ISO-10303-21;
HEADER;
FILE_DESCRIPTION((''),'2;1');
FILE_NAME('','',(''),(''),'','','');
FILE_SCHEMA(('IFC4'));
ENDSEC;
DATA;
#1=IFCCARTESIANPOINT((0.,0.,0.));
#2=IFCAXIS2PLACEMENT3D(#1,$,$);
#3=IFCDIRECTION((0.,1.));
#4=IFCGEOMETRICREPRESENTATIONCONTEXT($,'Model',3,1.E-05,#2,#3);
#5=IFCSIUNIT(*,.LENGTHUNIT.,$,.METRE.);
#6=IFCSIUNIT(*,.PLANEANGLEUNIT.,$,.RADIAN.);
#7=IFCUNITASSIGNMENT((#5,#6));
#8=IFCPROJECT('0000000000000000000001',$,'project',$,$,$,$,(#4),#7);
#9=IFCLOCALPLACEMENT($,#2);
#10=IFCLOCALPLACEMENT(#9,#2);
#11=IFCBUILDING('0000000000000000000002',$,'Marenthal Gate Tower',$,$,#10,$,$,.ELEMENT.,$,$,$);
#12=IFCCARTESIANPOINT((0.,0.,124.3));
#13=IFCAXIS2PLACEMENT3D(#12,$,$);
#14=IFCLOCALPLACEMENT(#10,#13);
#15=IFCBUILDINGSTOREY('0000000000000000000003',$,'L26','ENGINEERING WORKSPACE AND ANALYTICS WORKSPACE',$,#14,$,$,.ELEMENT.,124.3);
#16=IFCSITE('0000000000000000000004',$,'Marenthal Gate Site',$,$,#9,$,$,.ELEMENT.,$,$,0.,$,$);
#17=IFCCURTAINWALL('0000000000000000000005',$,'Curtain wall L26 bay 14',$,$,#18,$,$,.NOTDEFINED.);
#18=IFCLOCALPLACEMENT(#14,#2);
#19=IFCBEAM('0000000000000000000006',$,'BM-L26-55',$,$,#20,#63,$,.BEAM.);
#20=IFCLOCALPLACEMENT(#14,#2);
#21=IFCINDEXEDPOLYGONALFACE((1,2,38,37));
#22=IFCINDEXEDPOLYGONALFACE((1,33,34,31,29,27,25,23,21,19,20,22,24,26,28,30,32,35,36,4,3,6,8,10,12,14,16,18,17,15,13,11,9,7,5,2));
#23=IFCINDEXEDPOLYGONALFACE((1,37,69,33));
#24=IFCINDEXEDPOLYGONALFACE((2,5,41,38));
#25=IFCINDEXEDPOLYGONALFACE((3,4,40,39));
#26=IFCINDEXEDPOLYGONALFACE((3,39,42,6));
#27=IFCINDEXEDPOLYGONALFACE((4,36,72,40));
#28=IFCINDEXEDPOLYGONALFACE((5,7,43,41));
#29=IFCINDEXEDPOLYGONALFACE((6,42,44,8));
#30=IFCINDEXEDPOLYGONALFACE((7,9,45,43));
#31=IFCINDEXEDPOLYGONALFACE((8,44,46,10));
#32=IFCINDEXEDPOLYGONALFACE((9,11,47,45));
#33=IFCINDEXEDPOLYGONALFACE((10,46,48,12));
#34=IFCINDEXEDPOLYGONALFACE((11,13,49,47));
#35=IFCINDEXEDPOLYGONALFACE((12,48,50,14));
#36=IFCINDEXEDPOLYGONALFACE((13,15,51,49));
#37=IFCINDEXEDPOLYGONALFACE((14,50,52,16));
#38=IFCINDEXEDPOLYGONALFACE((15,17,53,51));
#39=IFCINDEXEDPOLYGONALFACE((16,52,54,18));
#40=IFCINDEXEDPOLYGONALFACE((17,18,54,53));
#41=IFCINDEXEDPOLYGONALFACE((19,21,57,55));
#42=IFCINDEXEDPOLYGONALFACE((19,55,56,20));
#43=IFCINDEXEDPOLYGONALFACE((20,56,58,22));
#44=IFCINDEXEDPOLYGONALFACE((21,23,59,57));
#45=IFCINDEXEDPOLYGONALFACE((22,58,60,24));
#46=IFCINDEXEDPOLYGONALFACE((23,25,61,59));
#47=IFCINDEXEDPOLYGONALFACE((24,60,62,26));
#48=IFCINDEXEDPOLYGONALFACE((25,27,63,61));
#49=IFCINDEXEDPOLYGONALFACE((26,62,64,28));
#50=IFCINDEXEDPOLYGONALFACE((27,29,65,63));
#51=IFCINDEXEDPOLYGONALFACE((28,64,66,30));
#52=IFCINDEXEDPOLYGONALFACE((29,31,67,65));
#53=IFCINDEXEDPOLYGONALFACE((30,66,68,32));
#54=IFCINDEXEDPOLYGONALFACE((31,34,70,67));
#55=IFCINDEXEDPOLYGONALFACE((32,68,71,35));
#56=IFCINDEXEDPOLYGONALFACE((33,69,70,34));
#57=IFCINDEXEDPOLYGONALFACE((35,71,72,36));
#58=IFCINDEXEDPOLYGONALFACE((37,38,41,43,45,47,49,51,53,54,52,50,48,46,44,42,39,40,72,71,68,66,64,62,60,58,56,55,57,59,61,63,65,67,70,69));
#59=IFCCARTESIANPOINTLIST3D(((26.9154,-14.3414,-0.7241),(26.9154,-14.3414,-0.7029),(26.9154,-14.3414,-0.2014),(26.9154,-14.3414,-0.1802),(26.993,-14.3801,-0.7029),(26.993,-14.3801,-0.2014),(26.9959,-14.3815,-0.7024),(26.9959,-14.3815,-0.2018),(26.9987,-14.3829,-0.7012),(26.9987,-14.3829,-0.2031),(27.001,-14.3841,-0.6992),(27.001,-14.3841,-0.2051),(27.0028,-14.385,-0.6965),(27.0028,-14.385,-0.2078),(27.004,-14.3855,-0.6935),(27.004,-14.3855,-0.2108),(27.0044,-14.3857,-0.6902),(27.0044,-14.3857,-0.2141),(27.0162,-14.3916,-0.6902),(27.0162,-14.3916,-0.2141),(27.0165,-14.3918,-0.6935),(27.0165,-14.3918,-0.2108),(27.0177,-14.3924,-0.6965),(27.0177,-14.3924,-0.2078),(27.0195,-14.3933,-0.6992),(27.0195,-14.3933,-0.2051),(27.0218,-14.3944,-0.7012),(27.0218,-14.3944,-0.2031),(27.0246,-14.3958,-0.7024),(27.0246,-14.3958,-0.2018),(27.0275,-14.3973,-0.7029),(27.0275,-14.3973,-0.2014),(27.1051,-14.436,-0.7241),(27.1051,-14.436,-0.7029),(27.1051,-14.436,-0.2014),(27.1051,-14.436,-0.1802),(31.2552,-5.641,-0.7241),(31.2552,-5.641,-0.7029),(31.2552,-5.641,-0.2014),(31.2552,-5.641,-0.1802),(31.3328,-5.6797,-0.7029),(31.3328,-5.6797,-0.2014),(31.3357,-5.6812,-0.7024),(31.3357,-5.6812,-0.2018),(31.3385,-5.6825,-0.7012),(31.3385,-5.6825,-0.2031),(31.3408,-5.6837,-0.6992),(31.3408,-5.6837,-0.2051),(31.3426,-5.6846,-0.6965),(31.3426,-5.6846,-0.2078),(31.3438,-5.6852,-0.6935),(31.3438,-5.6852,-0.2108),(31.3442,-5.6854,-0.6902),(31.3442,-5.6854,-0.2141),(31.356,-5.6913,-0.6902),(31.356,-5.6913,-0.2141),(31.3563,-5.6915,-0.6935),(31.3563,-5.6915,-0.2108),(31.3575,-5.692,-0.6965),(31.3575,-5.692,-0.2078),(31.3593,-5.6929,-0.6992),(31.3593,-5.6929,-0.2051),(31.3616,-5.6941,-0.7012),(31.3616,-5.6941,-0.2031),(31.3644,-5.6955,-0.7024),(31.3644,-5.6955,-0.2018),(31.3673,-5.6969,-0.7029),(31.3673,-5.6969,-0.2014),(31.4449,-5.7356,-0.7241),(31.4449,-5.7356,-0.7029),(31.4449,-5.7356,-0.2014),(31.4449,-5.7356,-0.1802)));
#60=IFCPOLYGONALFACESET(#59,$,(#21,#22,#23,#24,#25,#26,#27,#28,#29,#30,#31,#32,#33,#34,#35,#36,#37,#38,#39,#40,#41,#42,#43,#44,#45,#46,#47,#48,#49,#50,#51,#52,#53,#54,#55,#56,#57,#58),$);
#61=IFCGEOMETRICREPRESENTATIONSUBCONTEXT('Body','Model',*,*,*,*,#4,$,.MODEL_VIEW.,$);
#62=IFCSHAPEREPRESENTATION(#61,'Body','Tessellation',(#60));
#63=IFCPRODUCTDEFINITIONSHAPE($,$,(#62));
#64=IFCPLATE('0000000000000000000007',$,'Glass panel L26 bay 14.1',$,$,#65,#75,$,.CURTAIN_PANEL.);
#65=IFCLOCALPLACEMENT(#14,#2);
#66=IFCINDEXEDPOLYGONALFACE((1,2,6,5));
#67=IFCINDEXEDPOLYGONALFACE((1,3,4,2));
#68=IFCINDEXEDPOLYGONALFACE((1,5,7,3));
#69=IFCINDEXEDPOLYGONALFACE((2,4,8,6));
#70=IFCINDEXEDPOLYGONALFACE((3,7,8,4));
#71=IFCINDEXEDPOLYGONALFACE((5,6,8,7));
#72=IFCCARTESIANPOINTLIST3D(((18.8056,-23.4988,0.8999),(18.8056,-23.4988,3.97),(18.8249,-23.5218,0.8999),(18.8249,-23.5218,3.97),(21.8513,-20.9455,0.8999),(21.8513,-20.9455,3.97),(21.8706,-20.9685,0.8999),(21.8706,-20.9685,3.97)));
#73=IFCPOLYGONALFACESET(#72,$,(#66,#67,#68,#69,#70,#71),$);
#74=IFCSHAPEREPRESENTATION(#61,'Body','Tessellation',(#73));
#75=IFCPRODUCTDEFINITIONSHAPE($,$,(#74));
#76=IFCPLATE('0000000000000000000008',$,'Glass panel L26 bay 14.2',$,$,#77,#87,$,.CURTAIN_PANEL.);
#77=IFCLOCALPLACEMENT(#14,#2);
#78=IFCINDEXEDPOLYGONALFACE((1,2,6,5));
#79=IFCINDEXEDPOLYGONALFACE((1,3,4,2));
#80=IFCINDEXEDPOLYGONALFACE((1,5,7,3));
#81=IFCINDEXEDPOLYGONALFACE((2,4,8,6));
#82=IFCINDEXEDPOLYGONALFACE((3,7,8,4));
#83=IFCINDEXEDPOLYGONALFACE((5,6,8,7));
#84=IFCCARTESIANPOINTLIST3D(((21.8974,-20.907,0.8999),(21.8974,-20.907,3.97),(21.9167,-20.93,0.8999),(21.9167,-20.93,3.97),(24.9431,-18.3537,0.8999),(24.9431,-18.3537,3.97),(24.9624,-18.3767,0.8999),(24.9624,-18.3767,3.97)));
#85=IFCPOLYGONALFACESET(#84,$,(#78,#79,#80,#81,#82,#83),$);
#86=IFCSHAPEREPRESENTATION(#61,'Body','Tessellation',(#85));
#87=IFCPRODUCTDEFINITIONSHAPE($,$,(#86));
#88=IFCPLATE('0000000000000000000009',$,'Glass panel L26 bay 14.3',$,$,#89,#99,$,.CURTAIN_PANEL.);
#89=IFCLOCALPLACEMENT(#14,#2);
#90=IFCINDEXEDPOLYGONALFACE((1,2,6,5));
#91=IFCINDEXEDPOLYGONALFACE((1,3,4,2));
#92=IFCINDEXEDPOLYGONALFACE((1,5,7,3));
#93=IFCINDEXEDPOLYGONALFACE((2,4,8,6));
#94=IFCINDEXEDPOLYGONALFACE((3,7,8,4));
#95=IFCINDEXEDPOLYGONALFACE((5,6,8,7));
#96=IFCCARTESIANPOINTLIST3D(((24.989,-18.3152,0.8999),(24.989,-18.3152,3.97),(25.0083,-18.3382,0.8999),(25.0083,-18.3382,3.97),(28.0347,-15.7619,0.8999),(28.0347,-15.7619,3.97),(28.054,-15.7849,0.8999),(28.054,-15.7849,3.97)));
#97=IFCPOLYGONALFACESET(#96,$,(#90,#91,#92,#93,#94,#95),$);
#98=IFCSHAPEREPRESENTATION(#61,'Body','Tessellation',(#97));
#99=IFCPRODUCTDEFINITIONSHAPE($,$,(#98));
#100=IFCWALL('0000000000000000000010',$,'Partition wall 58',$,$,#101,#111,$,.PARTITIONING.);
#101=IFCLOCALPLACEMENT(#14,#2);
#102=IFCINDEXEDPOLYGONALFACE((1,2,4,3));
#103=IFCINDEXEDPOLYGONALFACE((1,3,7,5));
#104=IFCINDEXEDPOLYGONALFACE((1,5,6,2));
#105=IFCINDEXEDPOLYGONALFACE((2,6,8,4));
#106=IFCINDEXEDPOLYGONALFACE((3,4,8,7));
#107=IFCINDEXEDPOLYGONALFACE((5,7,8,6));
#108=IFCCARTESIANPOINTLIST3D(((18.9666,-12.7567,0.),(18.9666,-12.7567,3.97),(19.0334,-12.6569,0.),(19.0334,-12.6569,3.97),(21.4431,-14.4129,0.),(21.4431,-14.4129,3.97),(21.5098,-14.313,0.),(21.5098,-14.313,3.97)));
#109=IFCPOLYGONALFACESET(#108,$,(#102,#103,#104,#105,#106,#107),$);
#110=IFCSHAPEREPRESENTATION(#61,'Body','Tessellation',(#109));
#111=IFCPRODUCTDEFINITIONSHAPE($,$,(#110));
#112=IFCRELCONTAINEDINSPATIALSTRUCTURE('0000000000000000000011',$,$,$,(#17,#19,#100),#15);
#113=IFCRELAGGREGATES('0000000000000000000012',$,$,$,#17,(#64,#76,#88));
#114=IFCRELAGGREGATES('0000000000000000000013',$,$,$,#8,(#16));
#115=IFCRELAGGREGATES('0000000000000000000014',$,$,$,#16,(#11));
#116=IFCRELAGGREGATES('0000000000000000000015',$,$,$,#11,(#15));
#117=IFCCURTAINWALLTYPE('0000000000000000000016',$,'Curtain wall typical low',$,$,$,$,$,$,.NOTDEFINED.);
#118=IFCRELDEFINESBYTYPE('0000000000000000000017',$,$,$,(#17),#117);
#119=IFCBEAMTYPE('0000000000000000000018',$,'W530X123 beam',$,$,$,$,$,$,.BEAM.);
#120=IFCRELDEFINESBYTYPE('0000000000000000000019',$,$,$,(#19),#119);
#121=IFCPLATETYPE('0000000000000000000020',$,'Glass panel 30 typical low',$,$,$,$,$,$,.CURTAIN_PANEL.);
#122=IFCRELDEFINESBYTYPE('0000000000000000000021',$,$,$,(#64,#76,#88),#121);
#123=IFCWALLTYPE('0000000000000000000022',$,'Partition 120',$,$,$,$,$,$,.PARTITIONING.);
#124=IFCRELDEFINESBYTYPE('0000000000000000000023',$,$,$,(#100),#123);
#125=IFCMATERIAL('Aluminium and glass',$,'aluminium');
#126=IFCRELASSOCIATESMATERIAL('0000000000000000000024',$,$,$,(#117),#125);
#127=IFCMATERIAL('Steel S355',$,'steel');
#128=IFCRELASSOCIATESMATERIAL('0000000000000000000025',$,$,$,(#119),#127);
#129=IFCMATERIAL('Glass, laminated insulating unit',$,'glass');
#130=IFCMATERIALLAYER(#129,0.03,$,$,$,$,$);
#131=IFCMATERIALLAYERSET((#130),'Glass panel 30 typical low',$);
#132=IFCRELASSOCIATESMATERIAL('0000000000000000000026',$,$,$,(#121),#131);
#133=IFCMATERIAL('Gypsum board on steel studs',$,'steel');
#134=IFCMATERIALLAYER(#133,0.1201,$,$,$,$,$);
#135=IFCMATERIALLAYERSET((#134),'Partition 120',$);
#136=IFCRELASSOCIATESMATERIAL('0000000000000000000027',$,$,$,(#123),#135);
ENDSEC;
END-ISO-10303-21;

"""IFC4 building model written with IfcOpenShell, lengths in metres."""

from ifc_helpers import new_model, si_unit, direction, frame, frame_2d, origin, origin_2d, place, context, subcontext, project, spatial, rectangle, i_section, extrude, material, layer, layer_set, material_profile, profile_set, type_object, element, aggregate, save


model = new_model("IFC4")

# Units and contexts
model_context = context("Model", 3, precision=1e-05, world=origin(), true_north=direction((0.0, 1.0)))
body_context = subcontext(model_context, "Body", "Model", "MODEL_VIEW")
ifc_project = project(units=[si_unit("LENGTHUNIT", "METRE"), si_unit("PLANEANGLEUNIT", "RADIAN")], contexts=[model_context])

# Site, building, storey
site_placement = place(None, origin())
site = spatial("IfcSite", under=ifc_project, at=site_placement, Name="Marenthal Gate Site", CompositionType="ELEMENT", RefElevation=0.0)
building_placement = place(site_placement, origin())
building = spatial("IfcBuilding", under=site, at=building_placement, Name="Marenthal Gate Tower", CompositionType="ELEMENT")
storey_placement = place(building_placement, frame((0.0, 0.0, 124.3)))
storey = spatial("IfcBuildingStorey", under=building, at=storey_placement, Name="L26", Description="ENGINEERING WORKSPACE AND ANALYTICS WORKSPACE", CompositionType="ELEMENT", Elevation=124.3)

# Curtain wall
ifc_material_1 = material(Name="Aluminium and glass", Category="aluminium")
curtain_wall_type = type_object("IfcCurtainWallType", Name="Curtain wall typical low", PredefinedType="NOTDEFINED", material=ifc_material_1)
curtain_wall_placement = place(storey_placement, origin())
curtain_wall = element("IfcCurtainWall", 1, at=curtain_wall_placement, inside=storey, type_object=curtain_wall_type, Name="Curtain wall L26 bay 14", PredefinedType="NOTDEFINED")

# Beam
ifc_material_2 = material(Name="Steel S355", Category="steel")
ifc_material_profile_1 = material_profile(ifc_material_2, i_section(OverallWidth=0.2119, OverallDepth=0.5439, WebThickness=0.0132, FlangeThickness=0.0212, FilletRadius=0.0127, at=origin_2d()), Name="W530X123")
ifc_profile_set_1 = profile_set([ifc_material_profile_1], Name="Steel S355")
beam_type_1 = type_object("IfcBeamType", Name="W530X123 beam", PredefinedType="BEAM", material=ifc_profile_set_1)
beam_1_placement = place(storey_placement, frame((27.0103, -14.3887, -0.4521), z_axis=(0.44636, 0.894854, 0.0), x_axis=(-0.894854, 0.44636, 0.0)))
element("IfcBeam", 2, at=beam_1_placement, inside=storey, type_object=beam_type_1, Name="BM-L26-55", PredefinedType="BEAM", context=body_context, shape_type="SweptSolid", body=[
    extrude(i_section(OverallWidth=0.2119, OverallDepth=0.5439, WebThickness=0.0132, FlangeThickness=0.0212, FilletRadius=0.0127, at=origin_2d()), origin(), (0.0, 0.0, 1.0), 9.7227),
])

# Plates
ifc_material_3 = material(Name="Glass, laminated insulating unit", Category="glass")
ifc_layer_1 = layer(ifc_material_3, 0.03)
ifc_layer_set_1 = layer_set([ifc_layer_1], Name="Glass panel 30 typical low")
plate_type = type_object("IfcPlateType", Name="Glass panel 30 typical low", PredefinedType="CURTAIN_PANEL", material=ifc_layer_set_1)
plate_1_placement = place(storey_placement, frame((20.3381, -22.2336, 0.8999), z_axis=(0.0, 0.0, 1.0), x_axis=(0.766338, 0.642438, 0.0)))
plate_1 = element("IfcPlate", 3, at=plate_1_placement, type_object=plate_type, Name="Glass panel L26 bay 14.1", PredefinedType="CURTAIN_PANEL", context=body_context, shape_type="SweptSolid", body=[
    extrude(rectangle(XDim=3.9744, YDim=0.03, at=origin_2d()), origin(), (0.0, 0.0, 1.0), 3.0701),
])
plate_2_placement = place(storey_placement, frame((23.4299, -19.6418, 0.8999), z_axis=(0.0, 0.0, 1.0), x_axis=(0.766338, 0.642438, 0.0)))
plate_2 = element("IfcPlate", 4, at=plate_2_placement, type_object=plate_type, Name="Glass panel L26 bay 14.2", PredefinedType="CURTAIN_PANEL", context=body_context, shape_type="SweptSolid", body=[
    extrude(rectangle(XDim=3.9744, YDim=0.03, at=origin_2d()), origin(), (0.0, 0.0, 1.0), 3.0701),
])
plate_3_placement = place(storey_placement, frame((26.5215, -17.05, 0.8999), z_axis=(0.0, 0.0, 1.0), x_axis=(0.766338, 0.642438, 0.0)))
plate_3 = element("IfcPlate", 5, at=plate_3_placement, type_object=plate_type, Name="Glass panel L26 bay 14.3", PredefinedType="CURTAIN_PANEL", context=body_context, shape_type="SweptSolid", body=[
    extrude(rectangle(XDim=3.9744, YDim=0.03, at=origin_2d()), origin(), (0.0, 0.0, 1.0), 3.0701),
])
aggregate(curtain_wall, [plate_1, plate_2, plate_3])

# Wall
ifc_material_4 = material(Name="Gypsum board on steel studs", Category="steel")
ifc_layer_2 = layer(ifc_material_4, 0.1201)
ifc_layer_set_2 = layer_set([ifc_layer_2], Name="Partition 120")
wall_type_1 = type_object("IfcWallType", Name="Partition 120", PredefinedType="PARTITIONING", material=ifc_layer_set_2)
wall_1_placement = place(storey_placement, frame((21.4766, -14.363, 0.0), z_axis=(0.0, 0.0, 1.0), x_axis=(-0.831243, 0.55591, 0.0)))
element("IfcWall", 6, at=wall_1_placement, inside=storey, type_object=wall_type_1, Name="Partition wall 58", PredefinedType="PARTITIONING", context=body_context, shape_type="SweptSolid", body=[
    extrude(rectangle(XDim=2.9792, YDim=0.1201, at=frame_2d((1.4897, 0.0))), origin(), (0.0, 0.0, 1.0), 3.97),
])

save(model, "model.ifc")
